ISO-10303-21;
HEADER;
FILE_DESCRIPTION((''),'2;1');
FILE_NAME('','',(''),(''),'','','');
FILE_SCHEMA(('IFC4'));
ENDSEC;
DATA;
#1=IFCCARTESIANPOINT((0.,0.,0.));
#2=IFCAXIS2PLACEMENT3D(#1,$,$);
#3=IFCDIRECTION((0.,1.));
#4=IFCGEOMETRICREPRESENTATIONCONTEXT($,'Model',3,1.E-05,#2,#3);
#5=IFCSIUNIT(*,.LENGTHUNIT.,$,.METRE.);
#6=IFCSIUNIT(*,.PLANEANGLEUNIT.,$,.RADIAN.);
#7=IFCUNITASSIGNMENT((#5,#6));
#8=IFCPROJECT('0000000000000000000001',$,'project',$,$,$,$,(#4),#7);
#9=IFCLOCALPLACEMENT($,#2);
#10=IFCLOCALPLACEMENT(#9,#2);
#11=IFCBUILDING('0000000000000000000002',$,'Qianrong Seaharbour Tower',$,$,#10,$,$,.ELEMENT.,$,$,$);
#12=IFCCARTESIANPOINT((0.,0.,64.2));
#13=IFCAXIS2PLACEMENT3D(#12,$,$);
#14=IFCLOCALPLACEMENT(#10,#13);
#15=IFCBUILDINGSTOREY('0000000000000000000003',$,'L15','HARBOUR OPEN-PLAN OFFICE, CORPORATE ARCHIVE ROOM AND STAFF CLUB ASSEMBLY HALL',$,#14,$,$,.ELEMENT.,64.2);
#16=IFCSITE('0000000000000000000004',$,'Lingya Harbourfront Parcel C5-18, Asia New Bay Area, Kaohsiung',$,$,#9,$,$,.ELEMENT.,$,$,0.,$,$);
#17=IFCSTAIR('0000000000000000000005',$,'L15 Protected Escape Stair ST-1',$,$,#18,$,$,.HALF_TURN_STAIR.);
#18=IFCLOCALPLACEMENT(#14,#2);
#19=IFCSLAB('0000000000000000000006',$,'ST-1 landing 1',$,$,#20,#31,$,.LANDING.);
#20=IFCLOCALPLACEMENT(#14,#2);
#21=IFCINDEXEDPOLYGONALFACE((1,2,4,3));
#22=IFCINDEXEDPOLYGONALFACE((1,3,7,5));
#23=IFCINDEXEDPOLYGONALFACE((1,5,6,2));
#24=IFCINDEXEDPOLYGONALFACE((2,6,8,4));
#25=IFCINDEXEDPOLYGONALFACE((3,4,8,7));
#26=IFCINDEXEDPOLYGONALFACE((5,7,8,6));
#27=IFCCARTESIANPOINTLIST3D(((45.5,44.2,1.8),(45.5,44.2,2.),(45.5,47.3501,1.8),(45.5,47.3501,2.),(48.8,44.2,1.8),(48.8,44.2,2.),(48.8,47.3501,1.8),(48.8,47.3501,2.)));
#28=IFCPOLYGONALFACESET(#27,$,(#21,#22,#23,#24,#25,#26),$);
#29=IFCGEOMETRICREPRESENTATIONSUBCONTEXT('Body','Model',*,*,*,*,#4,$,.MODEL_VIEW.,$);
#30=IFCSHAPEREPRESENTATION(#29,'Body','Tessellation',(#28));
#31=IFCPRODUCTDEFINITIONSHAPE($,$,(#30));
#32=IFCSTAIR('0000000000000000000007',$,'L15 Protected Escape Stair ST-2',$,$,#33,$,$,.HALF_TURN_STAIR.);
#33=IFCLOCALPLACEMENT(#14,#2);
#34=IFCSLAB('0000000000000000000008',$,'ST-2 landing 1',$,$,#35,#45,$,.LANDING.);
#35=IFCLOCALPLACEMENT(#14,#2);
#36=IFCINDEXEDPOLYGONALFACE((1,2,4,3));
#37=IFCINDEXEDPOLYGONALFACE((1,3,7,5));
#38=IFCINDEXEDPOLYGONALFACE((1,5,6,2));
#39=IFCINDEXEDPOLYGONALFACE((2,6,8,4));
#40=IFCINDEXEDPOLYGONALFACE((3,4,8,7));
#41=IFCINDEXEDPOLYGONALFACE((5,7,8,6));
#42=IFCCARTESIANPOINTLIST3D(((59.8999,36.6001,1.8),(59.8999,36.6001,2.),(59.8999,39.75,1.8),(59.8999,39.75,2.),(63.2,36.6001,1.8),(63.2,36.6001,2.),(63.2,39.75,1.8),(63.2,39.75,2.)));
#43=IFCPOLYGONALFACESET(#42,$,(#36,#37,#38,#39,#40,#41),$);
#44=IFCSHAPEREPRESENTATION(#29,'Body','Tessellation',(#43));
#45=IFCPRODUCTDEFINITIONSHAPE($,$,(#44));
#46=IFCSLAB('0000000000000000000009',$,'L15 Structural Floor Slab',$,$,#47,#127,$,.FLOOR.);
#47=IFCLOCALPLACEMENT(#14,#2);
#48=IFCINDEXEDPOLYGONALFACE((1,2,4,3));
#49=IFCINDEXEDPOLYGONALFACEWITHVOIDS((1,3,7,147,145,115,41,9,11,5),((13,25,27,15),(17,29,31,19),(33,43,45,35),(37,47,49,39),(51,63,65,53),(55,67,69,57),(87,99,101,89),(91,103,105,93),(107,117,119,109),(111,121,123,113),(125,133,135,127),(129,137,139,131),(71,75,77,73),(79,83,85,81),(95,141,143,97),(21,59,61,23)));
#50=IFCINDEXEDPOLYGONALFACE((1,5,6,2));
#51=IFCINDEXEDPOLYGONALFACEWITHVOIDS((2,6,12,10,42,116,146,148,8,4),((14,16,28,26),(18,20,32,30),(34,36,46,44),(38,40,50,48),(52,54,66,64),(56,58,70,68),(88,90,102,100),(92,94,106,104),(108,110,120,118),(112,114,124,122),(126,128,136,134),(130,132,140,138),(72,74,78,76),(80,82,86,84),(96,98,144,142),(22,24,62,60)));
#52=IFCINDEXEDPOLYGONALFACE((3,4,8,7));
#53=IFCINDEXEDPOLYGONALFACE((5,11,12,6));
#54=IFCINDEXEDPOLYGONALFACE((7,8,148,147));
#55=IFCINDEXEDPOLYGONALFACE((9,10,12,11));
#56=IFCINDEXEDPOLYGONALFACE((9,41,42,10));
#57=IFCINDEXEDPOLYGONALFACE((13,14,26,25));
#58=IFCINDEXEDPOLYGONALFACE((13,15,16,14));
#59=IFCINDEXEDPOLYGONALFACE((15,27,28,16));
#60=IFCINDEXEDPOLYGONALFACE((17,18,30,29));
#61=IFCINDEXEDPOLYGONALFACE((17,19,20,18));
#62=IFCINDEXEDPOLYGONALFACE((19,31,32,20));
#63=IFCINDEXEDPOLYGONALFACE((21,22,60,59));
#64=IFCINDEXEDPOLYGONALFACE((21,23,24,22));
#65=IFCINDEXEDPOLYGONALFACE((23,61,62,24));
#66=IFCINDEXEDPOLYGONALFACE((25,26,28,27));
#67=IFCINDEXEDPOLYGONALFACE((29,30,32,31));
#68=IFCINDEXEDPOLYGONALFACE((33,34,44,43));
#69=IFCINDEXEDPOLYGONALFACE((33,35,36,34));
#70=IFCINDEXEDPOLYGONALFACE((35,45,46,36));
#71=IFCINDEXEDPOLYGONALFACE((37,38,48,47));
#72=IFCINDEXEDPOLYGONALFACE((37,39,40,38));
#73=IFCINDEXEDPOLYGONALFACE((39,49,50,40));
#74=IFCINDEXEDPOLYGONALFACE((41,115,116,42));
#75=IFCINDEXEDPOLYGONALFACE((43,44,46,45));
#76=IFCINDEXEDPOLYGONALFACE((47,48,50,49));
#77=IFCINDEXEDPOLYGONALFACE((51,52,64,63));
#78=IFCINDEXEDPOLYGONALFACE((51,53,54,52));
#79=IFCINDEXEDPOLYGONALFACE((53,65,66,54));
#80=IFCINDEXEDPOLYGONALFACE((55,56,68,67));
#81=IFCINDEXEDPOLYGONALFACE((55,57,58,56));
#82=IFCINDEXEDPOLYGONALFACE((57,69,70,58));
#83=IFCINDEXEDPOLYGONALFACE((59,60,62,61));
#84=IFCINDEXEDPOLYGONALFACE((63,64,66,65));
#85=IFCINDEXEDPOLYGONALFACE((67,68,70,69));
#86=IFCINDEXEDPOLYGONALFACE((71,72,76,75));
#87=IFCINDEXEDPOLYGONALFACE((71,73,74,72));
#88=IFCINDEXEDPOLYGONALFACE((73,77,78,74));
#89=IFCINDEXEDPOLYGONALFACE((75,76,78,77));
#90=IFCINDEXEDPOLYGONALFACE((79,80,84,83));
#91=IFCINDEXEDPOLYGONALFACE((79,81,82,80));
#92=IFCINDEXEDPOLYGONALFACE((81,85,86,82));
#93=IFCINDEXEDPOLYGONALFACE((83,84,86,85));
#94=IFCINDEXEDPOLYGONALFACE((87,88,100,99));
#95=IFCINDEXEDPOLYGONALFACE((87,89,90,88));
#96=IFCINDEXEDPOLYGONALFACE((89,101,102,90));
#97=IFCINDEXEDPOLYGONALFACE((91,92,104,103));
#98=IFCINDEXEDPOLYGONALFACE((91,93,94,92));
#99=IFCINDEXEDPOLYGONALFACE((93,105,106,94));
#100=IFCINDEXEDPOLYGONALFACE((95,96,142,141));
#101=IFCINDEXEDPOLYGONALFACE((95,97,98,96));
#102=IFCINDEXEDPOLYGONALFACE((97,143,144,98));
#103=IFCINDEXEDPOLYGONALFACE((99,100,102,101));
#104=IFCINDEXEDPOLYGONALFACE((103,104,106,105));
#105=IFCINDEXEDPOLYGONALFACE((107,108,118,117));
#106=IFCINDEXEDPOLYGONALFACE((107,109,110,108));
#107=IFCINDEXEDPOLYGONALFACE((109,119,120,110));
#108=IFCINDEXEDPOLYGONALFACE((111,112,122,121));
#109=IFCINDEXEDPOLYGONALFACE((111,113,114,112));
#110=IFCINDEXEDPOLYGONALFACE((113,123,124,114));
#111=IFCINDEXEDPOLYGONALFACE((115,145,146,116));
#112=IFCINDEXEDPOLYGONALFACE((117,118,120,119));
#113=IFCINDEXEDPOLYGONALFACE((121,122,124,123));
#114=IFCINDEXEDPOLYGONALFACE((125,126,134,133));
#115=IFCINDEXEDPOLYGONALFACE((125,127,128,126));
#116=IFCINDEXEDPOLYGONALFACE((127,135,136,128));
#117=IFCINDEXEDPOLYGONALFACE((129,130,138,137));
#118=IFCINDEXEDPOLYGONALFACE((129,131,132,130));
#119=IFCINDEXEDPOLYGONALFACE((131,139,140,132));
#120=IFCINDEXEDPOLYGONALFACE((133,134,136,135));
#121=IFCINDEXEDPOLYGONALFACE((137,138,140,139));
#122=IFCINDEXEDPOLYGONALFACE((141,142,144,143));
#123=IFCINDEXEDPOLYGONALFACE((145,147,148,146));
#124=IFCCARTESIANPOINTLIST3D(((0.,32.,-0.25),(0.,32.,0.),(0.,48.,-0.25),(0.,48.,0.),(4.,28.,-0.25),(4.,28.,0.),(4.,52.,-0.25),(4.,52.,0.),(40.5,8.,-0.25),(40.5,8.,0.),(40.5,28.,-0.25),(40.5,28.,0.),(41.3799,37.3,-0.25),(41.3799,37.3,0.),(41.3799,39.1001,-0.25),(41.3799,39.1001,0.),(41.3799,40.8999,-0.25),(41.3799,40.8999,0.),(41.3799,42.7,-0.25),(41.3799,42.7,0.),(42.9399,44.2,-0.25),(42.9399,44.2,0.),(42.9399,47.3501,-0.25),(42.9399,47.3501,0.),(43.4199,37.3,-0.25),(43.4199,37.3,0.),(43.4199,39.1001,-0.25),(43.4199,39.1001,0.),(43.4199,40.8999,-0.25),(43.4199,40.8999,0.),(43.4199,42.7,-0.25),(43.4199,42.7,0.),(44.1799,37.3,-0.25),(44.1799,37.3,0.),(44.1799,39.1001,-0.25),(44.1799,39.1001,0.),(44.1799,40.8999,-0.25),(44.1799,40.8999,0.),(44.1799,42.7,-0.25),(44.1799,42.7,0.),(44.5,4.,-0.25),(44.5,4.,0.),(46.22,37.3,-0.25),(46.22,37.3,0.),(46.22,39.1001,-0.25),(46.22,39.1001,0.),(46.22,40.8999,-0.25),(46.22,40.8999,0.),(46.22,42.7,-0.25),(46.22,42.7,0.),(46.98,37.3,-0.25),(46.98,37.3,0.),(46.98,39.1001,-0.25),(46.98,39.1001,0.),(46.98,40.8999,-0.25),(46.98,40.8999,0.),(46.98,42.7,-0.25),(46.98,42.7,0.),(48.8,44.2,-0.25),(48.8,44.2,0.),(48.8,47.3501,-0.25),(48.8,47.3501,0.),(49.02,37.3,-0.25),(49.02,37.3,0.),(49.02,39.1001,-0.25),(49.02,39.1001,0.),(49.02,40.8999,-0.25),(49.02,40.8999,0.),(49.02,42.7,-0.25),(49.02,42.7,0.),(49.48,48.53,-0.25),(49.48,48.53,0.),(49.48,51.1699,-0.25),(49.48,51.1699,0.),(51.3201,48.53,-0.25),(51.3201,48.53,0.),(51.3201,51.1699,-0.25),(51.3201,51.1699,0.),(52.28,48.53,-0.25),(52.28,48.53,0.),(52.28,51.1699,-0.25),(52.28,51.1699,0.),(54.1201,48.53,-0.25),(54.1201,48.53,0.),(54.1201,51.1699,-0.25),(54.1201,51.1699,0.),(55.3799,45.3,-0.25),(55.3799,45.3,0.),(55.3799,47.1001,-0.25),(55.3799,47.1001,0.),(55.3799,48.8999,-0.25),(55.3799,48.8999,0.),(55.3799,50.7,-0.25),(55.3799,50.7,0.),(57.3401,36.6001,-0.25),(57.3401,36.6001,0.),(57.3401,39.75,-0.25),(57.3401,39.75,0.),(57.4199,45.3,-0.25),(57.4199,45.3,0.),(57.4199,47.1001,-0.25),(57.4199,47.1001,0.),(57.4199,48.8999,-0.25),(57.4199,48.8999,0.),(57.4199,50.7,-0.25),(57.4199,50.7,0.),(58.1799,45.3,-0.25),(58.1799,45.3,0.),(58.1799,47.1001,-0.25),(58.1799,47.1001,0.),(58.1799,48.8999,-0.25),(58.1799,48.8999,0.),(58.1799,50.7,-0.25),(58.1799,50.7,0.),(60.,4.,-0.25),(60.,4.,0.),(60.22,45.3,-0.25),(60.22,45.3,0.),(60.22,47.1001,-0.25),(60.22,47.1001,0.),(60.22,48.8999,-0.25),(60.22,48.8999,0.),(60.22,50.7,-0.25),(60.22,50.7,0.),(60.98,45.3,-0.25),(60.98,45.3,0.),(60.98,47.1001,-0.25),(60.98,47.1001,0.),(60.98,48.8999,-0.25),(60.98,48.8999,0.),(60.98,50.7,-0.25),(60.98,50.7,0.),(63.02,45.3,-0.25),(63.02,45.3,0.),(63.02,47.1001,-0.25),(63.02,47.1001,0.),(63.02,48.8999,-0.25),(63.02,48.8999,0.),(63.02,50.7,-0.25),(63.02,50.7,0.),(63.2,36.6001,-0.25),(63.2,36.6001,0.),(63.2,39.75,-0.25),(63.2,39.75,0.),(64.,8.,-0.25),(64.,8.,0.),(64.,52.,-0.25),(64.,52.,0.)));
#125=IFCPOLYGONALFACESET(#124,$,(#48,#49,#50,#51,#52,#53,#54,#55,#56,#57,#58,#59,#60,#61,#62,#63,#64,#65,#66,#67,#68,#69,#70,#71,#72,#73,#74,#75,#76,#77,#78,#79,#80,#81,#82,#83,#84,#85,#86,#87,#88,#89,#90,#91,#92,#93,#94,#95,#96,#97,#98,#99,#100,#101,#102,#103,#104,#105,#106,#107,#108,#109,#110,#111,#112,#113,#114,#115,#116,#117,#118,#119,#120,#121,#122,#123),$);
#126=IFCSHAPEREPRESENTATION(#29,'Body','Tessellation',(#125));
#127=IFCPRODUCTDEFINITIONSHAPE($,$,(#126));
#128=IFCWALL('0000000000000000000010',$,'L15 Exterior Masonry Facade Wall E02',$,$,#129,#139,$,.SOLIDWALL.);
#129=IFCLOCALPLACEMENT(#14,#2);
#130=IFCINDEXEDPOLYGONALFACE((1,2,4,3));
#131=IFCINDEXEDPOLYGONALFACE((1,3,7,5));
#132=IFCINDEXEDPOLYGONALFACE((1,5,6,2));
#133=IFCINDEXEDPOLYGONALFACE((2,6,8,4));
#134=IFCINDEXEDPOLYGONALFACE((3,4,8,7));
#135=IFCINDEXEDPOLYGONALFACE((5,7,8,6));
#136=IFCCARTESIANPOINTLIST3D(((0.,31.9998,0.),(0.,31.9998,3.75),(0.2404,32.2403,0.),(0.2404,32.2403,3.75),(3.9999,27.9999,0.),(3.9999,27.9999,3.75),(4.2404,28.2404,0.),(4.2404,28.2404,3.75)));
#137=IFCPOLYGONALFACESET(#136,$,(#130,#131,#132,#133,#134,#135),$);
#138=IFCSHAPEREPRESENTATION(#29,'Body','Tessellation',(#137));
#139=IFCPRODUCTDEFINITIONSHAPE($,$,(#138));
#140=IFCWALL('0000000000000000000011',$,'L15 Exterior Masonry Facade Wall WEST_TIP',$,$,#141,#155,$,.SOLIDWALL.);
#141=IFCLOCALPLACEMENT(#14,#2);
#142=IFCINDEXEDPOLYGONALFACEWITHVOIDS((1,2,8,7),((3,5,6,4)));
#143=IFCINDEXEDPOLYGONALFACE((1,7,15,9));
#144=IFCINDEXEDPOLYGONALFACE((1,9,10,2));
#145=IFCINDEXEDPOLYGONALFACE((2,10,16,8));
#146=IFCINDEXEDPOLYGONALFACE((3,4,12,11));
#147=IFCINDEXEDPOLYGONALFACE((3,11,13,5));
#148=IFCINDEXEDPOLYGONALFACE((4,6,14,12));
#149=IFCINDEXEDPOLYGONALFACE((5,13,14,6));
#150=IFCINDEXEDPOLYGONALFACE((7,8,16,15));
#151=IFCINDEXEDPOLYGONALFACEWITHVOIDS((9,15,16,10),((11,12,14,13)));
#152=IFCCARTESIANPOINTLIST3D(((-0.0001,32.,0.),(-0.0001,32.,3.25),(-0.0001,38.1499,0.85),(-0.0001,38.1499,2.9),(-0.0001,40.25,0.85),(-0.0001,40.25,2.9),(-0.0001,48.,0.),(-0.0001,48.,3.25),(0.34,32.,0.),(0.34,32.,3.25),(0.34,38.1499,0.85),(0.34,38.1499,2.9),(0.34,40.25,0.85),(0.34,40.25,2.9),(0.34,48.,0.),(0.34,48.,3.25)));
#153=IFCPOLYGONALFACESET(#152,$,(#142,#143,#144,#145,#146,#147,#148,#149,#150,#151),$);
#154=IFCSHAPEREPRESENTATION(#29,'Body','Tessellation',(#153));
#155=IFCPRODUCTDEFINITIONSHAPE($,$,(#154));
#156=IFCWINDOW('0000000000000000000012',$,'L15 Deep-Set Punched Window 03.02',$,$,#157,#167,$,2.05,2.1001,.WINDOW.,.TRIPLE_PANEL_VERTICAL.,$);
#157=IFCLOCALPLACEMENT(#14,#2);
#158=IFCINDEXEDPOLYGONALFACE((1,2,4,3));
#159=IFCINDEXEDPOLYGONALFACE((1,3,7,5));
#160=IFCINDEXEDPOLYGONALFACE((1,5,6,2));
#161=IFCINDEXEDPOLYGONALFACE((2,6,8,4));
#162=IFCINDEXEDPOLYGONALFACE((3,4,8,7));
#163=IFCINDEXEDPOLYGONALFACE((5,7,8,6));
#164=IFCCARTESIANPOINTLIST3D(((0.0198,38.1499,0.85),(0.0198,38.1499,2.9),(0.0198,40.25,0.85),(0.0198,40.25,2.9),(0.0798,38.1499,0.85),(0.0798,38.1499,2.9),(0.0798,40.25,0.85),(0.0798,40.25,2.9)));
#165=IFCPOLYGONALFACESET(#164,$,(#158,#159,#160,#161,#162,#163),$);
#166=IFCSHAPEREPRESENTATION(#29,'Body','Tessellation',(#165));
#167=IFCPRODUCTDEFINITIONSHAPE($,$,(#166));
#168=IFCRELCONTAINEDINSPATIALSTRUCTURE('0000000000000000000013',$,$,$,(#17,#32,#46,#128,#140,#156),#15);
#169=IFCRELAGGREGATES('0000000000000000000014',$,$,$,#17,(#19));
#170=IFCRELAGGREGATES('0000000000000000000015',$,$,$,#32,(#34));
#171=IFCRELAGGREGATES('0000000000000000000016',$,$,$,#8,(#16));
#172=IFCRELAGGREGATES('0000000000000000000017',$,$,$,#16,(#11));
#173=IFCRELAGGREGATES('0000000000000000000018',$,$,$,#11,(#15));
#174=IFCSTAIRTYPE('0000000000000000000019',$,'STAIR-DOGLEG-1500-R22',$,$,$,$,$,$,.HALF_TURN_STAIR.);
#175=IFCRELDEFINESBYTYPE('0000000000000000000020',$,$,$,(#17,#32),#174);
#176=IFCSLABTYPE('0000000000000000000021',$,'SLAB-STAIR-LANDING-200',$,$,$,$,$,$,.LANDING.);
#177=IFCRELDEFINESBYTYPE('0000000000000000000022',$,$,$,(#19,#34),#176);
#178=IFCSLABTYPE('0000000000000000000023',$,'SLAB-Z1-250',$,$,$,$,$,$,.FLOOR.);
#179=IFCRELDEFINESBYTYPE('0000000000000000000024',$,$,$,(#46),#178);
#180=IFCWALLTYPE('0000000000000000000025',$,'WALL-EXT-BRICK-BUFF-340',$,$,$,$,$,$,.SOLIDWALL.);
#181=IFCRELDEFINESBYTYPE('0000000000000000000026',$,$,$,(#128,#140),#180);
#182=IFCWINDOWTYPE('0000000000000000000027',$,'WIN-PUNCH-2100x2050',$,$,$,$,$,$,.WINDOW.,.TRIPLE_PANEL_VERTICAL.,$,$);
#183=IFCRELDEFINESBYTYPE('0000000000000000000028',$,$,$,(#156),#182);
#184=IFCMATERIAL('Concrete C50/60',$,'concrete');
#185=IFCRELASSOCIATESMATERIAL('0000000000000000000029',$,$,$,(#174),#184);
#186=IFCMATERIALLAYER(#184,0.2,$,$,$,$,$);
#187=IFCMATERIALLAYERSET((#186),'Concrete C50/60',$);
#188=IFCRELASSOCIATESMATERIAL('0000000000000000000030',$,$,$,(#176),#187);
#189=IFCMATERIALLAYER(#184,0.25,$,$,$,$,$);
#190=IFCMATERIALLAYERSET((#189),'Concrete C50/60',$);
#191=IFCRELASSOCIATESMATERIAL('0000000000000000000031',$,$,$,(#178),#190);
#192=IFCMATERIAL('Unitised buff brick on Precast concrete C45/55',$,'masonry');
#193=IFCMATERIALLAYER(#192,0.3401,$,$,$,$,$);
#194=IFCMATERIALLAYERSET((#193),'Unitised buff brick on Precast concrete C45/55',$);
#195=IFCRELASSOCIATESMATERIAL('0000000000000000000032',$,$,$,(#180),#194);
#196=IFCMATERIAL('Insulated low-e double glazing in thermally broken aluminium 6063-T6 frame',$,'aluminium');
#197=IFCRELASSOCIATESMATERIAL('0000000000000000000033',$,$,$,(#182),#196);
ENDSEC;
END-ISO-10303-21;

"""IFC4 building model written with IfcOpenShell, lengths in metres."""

from ifc_helpers import new_model, si_unit, direction, frame, frame_2d, origin, place, context, subcontext, project, spatial, polyline, rectangle, outline, extrude, material, layer, layer_set, type_object, element, fill, aggregate, save


model = new_model("IFC4")

# Units and contexts
model_context = context("Model", 3, precision=1e-05, world=origin(), true_north=direction((0.0, 1.0)))
body_context = subcontext(model_context, "Body", "Model", "MODEL_VIEW")
ifc_project = project(units=[si_unit("LENGTHUNIT", "METRE"), si_unit("PLANEANGLEUNIT", "RADIAN")], contexts=[model_context])

# Site, building, storey
site_placement = place(None, origin())
site = spatial("IfcSite", under=ifc_project, at=site_placement, Name="Lingya Harbourfront Parcel C5-18, Asia New Bay Area, Kaohsiung", CompositionType="ELEMENT", RefElevation=0.0)
building_placement = place(site_placement, origin())
building = spatial("IfcBuilding", under=site, at=building_placement, Name="Qianrong Seaharbour Tower", CompositionType="ELEMENT")
storey_placement = place(building_placement, frame((0.0, 0.0, 64.2)))
storey = spatial("IfcBuildingStorey", under=building, at=storey_placement, Name="L15", Description="HARBOUR OPEN-PLAN OFFICE, CORPORATE ARCHIVE ROOM AND STAFF CLUB ASSEMBLY HALL", CompositionType="ELEMENT", Elevation=64.2)

# Stairs, slabs
ifc_material_1 = material(Name="Concrete C50/60", Category="concrete")
stair_type = type_object("IfcStairType", Name="STAIR-DOGLEG-1500-R22", PredefinedType="HALF_TURN_STAIR", material=ifc_material_1)
stair_1_placement = place(storey_placement, origin())
stair_1 = element("IfcStair", 1, at=stair_1_placement, inside=storey, type_object=stair_type, Name="L15 Protected Escape Stair ST-1", PredefinedType="HALF_TURN_STAIR")
ifc_layer_1 = layer(ifc_material_1, 0.2)
ifc_layer_set_1 = layer_set([ifc_layer_1], Name="Concrete C50/60")
slab_type_1 = type_object("IfcSlabType", Name="SLAB-STAIR-LANDING-200", PredefinedType="LANDING", material=ifc_layer_set_1)
slab_1_placement = place(storey_placement, frame((0.0, 0.0, 1.8)))
slab_1 = element("IfcSlab", 2, at=slab_1_placement, type_object=slab_type_1, Name="ST-1 landing 1", PredefinedType="LANDING", context=body_context, shape_type="SweptSolid", body=[
    extrude(outline(polyline([(45.5, 44.2), (48.8, 44.2), (48.8, 47.3501), (45.5, 47.3501), (45.5, 44.2)])), origin(), (0.0, 0.0, 1.0), 0.2),
])
aggregate(stair_1, [slab_1])
stair_2_placement = place(storey_placement, origin())
stair_2 = element("IfcStair", 3, at=stair_2_placement, inside=storey, type_object=stair_type, Name="L15 Protected Escape Stair ST-2", PredefinedType="HALF_TURN_STAIR")
slab_2_placement = place(storey_placement, frame((0.0, 0.0, 1.8)))
slab_2 = element("IfcSlab", 4, at=slab_2_placement, type_object=slab_type_1, Name="ST-2 landing 1", PredefinedType="LANDING", context=body_context, shape_type="SweptSolid", body=[
    extrude(outline(polyline([(59.8999, 36.6001), (63.2, 36.6001), (63.2, 39.75), (59.8999, 39.75), (59.8999, 36.6001)])), origin(), (0.0, 0.0, 1.0), 0.2),
])
aggregate(stair_2, [slab_2])

# Slab
ifc_layer_2 = layer(ifc_material_1, 0.25)
ifc_layer_set_2 = layer_set([ifc_layer_2], Name="Concrete C50/60")
slab_type_2 = type_object("IfcSlabType", Name="SLAB-Z1-250", PredefinedType="FLOOR", material=ifc_layer_set_2)
slab_3_placement = place(storey_placement, frame((0.0, 0.0, -0.25)))
element("IfcSlab", 5, at=slab_3_placement, inside=storey, type_object=slab_type_2, Name="L15 Structural Floor Slab", PredefinedType="FLOOR", context=body_context, shape_type="SweptSolid", body=[
    extrude(outline(polyline([(44.5, 4.0), (60.0, 4.0), (64.0, 8.0), (64.0, 52.0), (4.0, 52.0), (0.0, 48.0), (0.0, 32.0), (4.0, 28.0), (40.5, 28.0), (40.5, 8.0), (44.5, 4.0)]), holes=[polyline([(42.9399, 44.2), (42.9399, 47.3501), (48.8, 47.3501), (48.8, 44.2), (42.9399, 44.2)]), polyline([(57.3401, 36.6001), (57.3401, 39.75), (63.2, 39.75), (63.2, 36.6001), (57.3401, 36.6001)]), polyline([(49.48, 48.53), (49.48, 51.1699), (51.3201, 51.1699), (51.3201, 48.53), (49.48, 48.53)]), polyline([(52.28, 48.53), (52.28, 51.1699), (54.1201, 51.1699), (54.1201, 48.53), (52.28, 48.53)]), polyline([(41.3799, 37.3), (41.3799, 39.1001), (43.4199, 39.1001), (43.4199, 37.3), (41.3799, 37.3)]), polyline([(44.1799, 37.3), (44.1799, 39.1001), (46.22, 39.1001), (46.22, 37.3), (44.1799, 37.3)]), polyline([(46.98, 37.3), (46.98, 39.1001), (49.02, 39.1001), (49.02, 37.3), (46.98, 37.3)]), polyline([(41.3799, 40.8999), (41.3799, 42.7), (43.4199, 42.7), (43.4199, 40.8999), (41.3799, 40.8999)]), polyline([(44.1799, 40.8999), (44.1799, 42.7), (46.22, 42.7), (46.22, 40.8999), (44.1799, 40.8999)]), polyline([(46.98, 40.8999), (46.98, 42.7), (49.02, 42.7), (49.02, 40.8999), (46.98, 40.8999)]), polyline([(55.3799, 45.3), (55.3799, 47.1001), (57.4199, 47.1001), (57.4199, 45.3), (55.3799, 45.3)]), polyline([(58.1799, 45.3), (58.1799, 47.1001), (60.22, 47.1001), (60.22, 45.3), (58.1799, 45.3)]), polyline([(60.98, 45.3), (60.98, 47.1001), (63.02, 47.1001), (63.02, 45.3), (60.98, 45.3)]), polyline([(55.3799, 48.8999), (55.3799, 50.7), (57.4199, 50.7), (57.4199, 48.8999), (55.3799, 48.8999)]), polyline([(58.1799, 48.8999), (58.1799, 50.7), (60.22, 50.7), (60.22, 48.8999), (58.1799, 48.8999)]), polyline([(60.98, 48.8999), (60.98, 50.7), (63.02, 50.7), (63.02, 48.8999), (60.98, 48.8999)])]), origin(), (0.0, 0.0, 1.0), 0.25),
])

# Wall
ifc_material_2 = material(Name="Unitised buff brick on Precast concrete C45/55", Category="masonry")
ifc_layer_3 = layer(ifc_material_2, 0.3401)
ifc_layer_set_3 = layer_set([ifc_layer_3], Name="Unitised buff brick on Precast concrete C45/55")
wall_type = type_object("IfcWallType", Name="WALL-EXT-BRICK-BUFF-340", PredefinedType="SOLIDWALL", material=ifc_layer_set_3)
wall_1_placement = place(storey_placement, frame((4.1201, 28.1201, 0.0), z_axis=(0.0, 0.0, 1.0), x_axis=(-0.707107, 0.707107, 0.0)))
element("IfcWall", 6, at=wall_1_placement, inside=storey, type_object=wall_type, Name="L15 Exterior Masonry Facade Wall E02", PredefinedType="SOLIDWALL", context=body_context, shape_type="SweptSolid", body=[
    extrude(rectangle(XDim=5.6567, YDim=0.3401, at=frame_2d((2.8284, 0.0))), origin(), (0.0, 0.0, 1.0), 3.75),
])

# Wall, opening, window
wall_2_placement = place(storey_placement, frame((0.1699, 32.0, 0.0), z_axis=(0.0, 0.0, 1.0), x_axis=(0.0, 1.0, 0.0)))
wall_2 = element("IfcWall", 7, at=wall_2_placement, inside=storey, type_object=wall_type, Name="L15 Exterior Masonry Facade Wall WEST_TIP", PredefinedType="SOLIDWALL", context=body_context, shape_type="SweptSolid", body=[
    extrude(rectangle(XDim=16.0, YDim=0.3401, at=frame_2d((8.0, 0.0))), origin(), (0.0, 0.0, 1.0), 3.25),
])
opening_placement = place(wall_2_placement, frame((6.1499, 0.0, 0.8501)))
opening = element("IfcOpeningElement", 8, at=opening_placement, cuts=wall_2, PredefinedType="OPENING", context=body_context, shape_type="SweptSolid", body=[
    extrude(rectangle(XDim=2.1001, YDim=2.05, at=frame_2d((1.05, 1.0249))), frame((0.0, 0.1802, 0.0), z_axis=(0.0, -1.0, 0.0), x_axis=(1.0, 0.0, 0.0)), (0.0, 0.0, 1.0), 0.3601),
])
ifc_material_3 = material(Name="Insulated low-e double glazing in thermally broken aluminium 6063-T6 frame", Category="aluminium")
window_type = type_object("IfcWindowType", Name="WIN-PUNCH-2100x2050", PartitioningType="TRIPLE_PANEL_VERTICAL", PredefinedType="WINDOW", material=ifc_material_3)
window_placement = place(opening_placement, origin())
window = element("IfcWindow", 9, at=window_placement, inside=storey, type_object=window_type, Name="L15 Deep-Set Punched Window 03.02", OverallHeight=2.05, OverallWidth=2.1001, PartitioningType="TRIPLE_PANEL_VERTICAL", PredefinedType="WINDOW", context=body_context, shape_type="SweptSolid", body=[
    extrude(rectangle(XDim=2.1001, YDim=2.05, at=frame_2d((1.05, 1.0249))), frame((0.0, 0.1501, 0.0), z_axis=(0.0, -1.0, 0.0), x_axis=(1.0, 0.0, 0.0)), (0.0, 0.0, 1.0), 0.0601),
])
fill(opening, window)

save(model, "model.ifc")
